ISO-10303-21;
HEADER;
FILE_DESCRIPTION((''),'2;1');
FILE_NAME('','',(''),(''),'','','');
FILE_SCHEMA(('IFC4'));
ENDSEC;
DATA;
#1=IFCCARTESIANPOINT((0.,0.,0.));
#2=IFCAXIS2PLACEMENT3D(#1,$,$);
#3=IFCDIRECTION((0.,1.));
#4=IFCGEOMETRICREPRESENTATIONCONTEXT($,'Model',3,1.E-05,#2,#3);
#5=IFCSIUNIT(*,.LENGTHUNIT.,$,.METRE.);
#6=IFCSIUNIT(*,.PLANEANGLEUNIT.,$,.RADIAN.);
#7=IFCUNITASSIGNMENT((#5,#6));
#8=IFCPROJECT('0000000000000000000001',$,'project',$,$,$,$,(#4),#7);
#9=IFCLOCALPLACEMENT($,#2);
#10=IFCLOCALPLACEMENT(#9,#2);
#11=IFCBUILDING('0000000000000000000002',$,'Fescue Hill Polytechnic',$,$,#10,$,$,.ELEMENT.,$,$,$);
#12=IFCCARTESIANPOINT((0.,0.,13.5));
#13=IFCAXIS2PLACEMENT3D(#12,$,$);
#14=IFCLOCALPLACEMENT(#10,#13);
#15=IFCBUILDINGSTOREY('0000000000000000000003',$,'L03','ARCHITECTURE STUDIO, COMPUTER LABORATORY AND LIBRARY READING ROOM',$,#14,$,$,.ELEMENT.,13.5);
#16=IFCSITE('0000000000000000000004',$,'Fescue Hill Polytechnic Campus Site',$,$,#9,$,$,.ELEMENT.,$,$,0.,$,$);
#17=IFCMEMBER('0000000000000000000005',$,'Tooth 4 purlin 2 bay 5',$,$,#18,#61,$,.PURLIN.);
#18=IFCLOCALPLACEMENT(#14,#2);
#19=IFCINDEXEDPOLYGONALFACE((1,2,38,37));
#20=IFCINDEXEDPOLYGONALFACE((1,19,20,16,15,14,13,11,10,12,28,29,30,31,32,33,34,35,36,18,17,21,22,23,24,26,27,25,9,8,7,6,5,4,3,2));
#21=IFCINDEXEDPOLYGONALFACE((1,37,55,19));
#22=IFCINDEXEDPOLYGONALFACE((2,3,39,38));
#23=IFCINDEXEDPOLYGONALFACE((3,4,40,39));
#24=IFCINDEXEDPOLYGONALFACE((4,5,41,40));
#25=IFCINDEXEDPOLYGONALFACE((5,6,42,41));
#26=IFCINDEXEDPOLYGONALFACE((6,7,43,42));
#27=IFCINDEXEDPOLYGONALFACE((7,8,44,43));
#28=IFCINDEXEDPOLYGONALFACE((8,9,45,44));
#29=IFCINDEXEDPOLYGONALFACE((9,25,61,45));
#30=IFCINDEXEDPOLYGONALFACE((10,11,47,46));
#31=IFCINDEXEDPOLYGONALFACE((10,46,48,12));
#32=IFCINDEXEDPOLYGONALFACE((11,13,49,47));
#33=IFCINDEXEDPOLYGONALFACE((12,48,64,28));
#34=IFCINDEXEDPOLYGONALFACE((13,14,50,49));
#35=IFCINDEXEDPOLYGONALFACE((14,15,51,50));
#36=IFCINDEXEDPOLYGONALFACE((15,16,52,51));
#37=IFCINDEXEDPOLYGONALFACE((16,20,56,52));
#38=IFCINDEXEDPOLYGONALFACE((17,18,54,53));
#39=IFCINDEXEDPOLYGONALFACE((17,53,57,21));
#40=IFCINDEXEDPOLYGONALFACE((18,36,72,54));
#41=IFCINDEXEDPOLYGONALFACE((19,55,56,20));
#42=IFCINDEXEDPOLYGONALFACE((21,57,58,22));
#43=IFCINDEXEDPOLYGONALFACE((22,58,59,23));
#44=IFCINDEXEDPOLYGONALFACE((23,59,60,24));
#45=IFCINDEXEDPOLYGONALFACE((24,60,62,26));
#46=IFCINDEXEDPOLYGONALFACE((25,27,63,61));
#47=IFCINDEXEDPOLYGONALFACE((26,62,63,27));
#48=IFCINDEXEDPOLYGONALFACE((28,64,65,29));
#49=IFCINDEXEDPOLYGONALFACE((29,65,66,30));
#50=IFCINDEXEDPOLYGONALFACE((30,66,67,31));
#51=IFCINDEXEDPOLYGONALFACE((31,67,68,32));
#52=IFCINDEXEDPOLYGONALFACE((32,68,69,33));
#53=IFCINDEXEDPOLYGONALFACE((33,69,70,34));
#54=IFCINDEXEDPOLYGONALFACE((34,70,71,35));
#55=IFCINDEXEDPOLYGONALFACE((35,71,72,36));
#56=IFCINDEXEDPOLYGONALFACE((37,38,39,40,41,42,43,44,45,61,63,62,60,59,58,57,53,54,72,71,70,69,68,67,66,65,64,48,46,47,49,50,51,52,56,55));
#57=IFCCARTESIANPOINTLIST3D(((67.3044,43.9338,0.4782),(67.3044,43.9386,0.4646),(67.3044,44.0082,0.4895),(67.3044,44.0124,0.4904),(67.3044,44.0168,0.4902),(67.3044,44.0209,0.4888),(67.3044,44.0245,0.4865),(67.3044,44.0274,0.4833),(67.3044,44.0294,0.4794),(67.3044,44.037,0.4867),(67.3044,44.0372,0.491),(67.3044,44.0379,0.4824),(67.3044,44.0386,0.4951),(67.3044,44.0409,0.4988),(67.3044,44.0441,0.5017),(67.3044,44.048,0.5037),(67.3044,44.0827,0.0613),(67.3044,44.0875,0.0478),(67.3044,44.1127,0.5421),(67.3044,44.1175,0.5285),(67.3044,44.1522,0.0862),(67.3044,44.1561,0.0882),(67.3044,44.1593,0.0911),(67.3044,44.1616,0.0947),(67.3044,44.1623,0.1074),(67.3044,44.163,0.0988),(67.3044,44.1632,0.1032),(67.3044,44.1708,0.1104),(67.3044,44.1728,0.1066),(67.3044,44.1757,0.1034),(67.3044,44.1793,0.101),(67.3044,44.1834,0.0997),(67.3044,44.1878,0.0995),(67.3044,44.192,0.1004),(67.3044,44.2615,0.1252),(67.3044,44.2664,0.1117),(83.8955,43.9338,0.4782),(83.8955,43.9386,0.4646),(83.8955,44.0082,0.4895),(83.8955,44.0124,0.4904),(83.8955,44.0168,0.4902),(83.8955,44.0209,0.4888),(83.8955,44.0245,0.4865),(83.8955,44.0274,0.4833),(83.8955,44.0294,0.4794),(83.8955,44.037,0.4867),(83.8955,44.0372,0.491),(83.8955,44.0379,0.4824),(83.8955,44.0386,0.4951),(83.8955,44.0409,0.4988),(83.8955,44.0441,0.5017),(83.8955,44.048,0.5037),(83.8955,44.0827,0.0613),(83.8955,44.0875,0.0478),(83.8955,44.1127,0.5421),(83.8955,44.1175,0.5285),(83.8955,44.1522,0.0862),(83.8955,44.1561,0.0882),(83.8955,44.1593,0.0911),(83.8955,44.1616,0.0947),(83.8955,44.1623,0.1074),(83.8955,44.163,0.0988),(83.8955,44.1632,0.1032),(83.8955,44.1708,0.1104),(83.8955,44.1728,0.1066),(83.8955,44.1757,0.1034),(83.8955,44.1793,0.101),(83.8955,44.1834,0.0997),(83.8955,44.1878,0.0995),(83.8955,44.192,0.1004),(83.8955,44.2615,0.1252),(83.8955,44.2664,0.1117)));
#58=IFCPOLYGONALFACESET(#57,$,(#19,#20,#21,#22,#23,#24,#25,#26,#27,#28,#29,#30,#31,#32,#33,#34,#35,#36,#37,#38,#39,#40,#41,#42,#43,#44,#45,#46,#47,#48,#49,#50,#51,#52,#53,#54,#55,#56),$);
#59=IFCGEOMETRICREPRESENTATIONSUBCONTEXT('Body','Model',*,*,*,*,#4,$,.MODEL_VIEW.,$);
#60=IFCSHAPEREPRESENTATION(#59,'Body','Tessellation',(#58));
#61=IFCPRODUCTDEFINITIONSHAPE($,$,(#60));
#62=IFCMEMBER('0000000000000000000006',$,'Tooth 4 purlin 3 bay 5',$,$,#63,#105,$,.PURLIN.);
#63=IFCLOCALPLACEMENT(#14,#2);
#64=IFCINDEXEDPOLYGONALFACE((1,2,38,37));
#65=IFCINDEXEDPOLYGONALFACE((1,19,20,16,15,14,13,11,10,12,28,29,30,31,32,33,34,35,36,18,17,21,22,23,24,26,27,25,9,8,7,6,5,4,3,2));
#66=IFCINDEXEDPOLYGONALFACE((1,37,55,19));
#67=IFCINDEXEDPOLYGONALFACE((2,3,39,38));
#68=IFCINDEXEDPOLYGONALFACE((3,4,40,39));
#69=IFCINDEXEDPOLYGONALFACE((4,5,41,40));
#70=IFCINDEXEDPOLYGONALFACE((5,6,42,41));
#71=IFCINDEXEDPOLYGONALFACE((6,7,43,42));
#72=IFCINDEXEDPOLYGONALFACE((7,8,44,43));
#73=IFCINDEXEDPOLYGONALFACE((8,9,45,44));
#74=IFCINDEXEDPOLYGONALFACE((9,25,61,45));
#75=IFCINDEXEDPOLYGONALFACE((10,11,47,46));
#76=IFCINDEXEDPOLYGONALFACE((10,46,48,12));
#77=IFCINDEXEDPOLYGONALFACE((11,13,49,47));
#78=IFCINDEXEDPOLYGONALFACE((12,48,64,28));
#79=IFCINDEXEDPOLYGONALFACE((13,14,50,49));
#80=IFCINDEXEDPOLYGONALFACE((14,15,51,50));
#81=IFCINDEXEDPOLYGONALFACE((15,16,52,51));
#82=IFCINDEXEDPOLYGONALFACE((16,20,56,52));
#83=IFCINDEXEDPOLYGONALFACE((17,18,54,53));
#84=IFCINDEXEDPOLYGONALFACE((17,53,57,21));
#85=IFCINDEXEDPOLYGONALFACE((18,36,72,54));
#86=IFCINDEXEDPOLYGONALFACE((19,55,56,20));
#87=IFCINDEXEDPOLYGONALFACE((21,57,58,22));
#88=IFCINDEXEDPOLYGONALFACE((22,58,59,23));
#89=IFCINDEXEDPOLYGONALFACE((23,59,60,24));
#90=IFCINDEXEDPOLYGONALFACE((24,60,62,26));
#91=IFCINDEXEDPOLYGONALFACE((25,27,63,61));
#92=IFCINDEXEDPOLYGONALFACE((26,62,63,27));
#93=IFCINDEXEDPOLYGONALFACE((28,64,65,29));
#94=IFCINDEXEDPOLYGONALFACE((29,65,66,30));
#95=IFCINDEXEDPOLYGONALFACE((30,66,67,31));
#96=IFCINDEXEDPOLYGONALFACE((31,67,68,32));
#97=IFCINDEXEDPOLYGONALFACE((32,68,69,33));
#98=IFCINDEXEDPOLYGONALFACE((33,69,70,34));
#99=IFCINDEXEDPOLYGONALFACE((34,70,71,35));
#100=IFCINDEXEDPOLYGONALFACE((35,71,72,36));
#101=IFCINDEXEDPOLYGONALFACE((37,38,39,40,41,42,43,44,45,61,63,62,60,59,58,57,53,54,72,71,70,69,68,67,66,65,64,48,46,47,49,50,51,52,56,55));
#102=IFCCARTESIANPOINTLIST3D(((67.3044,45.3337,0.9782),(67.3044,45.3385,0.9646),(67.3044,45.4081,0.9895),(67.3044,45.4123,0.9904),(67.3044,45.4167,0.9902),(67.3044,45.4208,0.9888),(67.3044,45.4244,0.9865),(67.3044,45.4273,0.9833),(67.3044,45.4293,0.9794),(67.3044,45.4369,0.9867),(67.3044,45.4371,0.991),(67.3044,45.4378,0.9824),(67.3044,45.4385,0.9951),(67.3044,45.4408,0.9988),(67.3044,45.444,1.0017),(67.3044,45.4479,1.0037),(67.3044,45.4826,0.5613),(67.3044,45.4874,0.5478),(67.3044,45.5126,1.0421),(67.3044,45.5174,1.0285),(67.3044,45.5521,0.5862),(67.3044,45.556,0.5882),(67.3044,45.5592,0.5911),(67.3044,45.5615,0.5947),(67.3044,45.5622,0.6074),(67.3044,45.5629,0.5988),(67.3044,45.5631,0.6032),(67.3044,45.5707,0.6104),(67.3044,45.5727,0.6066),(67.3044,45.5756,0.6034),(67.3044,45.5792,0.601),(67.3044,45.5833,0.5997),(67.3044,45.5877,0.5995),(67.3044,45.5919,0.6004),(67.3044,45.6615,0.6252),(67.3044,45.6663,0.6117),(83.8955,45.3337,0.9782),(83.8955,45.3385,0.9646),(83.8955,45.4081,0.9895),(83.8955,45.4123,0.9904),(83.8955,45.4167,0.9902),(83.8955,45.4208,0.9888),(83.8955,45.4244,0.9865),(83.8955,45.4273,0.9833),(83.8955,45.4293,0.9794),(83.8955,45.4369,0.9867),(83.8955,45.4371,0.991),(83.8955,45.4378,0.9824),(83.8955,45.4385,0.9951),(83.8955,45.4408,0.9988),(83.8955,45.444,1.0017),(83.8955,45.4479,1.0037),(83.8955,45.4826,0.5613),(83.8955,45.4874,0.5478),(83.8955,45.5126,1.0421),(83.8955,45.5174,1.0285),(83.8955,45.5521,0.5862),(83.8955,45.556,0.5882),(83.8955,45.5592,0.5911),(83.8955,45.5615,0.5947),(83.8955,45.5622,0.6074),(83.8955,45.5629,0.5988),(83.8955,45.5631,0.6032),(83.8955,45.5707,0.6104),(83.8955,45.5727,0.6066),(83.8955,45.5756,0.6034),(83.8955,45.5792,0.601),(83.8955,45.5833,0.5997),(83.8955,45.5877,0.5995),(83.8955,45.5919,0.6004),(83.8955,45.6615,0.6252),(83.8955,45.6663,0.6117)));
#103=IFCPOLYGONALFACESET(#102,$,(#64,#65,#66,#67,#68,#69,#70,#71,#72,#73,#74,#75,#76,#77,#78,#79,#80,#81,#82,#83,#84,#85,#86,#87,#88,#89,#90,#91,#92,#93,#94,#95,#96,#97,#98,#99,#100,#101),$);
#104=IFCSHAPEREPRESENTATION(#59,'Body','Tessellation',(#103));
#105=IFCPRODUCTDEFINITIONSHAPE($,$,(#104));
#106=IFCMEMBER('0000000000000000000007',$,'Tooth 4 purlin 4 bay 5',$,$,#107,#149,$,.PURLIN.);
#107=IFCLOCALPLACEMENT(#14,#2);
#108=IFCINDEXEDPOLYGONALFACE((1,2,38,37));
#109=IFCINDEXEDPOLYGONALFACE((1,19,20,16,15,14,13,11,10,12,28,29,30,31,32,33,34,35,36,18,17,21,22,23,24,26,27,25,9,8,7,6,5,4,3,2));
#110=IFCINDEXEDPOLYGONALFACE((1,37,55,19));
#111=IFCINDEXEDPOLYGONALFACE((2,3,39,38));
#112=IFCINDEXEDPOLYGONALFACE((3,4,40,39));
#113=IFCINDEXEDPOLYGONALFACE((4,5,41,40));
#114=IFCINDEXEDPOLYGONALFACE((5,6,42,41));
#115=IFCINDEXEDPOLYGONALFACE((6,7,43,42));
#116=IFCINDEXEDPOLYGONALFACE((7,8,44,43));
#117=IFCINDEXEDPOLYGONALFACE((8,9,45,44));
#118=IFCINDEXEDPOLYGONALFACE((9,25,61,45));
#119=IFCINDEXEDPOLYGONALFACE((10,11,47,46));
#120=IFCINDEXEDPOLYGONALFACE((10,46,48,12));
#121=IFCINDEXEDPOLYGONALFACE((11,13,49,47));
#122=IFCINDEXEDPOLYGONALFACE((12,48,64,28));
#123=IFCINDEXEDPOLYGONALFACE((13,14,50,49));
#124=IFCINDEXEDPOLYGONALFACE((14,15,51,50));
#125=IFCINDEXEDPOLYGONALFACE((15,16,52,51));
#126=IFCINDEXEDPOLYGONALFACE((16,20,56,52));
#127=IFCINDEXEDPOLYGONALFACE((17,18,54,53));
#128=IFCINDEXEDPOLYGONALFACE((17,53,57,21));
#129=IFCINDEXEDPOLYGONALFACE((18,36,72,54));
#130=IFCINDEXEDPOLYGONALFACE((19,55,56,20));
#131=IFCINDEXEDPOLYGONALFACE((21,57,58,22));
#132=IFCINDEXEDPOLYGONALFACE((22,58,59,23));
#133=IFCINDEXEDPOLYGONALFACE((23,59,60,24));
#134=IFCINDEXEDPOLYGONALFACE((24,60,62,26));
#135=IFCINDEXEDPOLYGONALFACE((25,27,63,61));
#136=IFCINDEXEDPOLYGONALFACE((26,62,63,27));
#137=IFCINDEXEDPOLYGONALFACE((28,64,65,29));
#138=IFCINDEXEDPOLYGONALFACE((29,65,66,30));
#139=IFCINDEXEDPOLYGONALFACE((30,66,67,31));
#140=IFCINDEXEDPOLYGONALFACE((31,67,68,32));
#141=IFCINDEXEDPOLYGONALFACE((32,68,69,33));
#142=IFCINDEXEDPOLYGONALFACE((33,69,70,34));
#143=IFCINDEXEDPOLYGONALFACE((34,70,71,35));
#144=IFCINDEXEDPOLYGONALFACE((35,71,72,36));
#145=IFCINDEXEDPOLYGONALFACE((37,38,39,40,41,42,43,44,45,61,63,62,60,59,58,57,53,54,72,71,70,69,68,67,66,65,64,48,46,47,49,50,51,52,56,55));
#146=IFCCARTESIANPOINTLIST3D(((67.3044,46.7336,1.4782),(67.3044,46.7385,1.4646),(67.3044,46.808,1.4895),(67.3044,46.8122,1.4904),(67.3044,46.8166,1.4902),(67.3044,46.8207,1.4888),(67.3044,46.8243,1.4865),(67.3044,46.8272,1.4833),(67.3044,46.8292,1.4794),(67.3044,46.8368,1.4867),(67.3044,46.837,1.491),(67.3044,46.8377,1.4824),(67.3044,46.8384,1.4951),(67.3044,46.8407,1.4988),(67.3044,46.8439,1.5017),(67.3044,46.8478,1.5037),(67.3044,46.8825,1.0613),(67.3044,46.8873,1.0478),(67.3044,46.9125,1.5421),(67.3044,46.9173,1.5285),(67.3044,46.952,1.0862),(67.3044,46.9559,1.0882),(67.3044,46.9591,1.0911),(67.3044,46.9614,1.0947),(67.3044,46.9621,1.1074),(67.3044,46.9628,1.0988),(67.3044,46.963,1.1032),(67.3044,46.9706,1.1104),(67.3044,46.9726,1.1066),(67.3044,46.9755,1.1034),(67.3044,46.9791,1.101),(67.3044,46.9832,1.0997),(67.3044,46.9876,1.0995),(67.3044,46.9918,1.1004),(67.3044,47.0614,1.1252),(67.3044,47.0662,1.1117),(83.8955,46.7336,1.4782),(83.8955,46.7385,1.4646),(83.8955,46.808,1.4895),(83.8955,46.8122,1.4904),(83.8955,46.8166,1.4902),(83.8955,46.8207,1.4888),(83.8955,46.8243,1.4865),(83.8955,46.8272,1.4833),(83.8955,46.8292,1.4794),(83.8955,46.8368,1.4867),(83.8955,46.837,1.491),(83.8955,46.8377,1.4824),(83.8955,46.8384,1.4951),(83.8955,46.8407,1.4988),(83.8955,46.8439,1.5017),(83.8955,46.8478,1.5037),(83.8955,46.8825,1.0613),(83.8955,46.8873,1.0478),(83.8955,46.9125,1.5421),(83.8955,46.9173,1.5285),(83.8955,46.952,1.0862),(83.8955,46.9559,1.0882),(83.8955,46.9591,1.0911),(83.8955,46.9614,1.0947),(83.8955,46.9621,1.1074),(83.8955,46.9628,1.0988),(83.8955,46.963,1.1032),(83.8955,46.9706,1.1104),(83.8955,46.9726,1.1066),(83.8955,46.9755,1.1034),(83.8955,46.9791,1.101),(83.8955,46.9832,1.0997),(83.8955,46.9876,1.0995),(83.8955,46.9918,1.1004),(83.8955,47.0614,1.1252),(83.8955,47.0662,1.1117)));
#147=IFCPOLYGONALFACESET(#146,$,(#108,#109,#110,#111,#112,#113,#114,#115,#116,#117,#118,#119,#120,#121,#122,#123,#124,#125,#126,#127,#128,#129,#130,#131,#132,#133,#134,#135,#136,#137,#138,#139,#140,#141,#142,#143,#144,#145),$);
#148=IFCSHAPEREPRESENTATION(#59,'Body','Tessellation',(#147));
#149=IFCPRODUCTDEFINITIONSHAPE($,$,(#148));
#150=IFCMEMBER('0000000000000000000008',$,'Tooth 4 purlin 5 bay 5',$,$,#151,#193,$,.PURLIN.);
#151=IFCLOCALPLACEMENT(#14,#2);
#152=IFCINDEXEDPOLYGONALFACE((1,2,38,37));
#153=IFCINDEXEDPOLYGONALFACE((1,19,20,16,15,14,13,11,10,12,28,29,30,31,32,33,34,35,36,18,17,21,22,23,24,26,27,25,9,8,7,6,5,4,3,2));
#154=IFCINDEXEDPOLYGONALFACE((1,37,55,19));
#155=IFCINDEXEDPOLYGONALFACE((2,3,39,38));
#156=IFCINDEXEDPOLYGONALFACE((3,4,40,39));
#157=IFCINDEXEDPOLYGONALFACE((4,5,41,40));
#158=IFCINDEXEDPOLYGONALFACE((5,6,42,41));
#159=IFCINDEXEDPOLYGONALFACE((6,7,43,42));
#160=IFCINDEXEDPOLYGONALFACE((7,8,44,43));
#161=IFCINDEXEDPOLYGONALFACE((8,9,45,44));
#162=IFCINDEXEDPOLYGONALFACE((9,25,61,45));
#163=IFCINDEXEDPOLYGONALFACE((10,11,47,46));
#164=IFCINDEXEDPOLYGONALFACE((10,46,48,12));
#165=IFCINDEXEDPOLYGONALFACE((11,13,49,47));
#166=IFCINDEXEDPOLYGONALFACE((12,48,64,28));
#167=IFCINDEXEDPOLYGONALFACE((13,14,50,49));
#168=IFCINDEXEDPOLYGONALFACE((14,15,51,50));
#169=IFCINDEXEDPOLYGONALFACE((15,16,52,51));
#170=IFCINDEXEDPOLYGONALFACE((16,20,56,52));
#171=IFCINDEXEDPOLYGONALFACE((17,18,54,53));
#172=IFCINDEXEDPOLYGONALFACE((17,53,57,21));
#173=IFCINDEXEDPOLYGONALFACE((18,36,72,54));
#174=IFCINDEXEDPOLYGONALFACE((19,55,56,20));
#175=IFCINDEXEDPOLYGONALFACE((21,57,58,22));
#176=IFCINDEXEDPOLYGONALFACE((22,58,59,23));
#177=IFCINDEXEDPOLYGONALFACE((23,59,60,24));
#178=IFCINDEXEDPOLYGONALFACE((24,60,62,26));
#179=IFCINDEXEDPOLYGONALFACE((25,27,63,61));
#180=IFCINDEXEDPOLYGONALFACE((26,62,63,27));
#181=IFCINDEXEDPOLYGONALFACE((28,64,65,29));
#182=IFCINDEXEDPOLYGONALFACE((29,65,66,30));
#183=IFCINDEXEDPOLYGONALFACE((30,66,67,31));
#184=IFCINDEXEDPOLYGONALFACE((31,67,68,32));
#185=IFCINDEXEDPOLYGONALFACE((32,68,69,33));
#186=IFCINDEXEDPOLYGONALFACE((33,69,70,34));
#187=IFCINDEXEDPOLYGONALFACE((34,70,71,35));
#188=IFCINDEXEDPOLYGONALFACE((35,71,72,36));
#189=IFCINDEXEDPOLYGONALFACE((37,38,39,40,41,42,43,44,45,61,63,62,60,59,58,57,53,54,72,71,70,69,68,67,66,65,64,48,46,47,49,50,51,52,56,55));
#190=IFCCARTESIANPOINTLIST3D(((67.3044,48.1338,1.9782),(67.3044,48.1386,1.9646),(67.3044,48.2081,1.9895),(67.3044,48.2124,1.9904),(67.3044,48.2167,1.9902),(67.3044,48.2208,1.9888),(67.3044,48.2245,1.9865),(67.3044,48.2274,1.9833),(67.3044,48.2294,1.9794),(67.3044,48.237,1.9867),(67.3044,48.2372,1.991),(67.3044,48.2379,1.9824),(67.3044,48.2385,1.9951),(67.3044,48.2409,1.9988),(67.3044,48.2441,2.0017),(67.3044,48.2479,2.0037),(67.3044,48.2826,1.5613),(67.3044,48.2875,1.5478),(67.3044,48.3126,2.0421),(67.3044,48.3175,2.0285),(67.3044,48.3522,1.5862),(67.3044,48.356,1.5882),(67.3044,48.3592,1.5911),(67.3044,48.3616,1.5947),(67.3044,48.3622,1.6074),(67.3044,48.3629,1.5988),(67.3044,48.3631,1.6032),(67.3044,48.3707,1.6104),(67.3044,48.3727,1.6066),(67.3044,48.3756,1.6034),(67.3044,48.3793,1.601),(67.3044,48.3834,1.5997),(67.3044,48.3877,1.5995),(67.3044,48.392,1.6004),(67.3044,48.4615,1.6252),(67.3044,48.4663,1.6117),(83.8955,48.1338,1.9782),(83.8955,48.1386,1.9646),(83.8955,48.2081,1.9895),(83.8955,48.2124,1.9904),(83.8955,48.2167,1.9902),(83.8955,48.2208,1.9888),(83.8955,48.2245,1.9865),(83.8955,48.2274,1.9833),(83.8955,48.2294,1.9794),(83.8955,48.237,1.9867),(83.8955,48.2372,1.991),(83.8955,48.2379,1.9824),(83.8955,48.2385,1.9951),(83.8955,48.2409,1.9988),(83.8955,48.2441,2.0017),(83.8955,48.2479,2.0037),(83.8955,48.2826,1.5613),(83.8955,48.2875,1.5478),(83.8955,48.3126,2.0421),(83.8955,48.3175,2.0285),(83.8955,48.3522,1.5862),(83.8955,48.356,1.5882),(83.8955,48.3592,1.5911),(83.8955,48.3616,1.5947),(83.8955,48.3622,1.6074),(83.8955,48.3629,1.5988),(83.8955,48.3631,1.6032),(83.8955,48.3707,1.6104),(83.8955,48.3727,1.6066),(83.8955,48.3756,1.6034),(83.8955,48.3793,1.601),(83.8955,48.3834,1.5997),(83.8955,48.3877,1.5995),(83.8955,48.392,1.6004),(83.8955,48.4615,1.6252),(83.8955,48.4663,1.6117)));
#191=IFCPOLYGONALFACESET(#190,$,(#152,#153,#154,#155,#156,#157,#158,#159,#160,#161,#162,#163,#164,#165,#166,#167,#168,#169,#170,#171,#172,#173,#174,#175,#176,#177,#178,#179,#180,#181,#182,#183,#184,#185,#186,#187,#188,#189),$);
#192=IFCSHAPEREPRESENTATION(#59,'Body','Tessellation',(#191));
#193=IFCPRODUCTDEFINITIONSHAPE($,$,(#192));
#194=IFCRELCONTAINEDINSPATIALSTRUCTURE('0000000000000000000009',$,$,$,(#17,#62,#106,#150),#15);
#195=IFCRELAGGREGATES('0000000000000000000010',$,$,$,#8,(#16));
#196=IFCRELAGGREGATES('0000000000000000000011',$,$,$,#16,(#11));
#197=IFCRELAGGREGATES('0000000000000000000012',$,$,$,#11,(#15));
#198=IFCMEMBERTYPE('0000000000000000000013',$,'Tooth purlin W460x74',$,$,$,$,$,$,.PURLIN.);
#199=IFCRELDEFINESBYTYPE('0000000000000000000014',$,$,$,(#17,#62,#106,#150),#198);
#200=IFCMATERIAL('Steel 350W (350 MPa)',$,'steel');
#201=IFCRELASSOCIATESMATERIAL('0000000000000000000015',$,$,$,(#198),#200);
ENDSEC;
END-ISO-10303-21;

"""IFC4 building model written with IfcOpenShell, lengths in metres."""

from ifc_helpers import new_model, si_unit, direction, frame, origin, origin_2d, place, context, subcontext, project, spatial, i_section, extrude, material, material_profile, profile_set, type_object, element, save


model = new_model("IFC4")

# Units and contexts
model_context = context("Model", 3, precision=1e-05, world=origin(), true_north=direction((0.0, 1.0)))
body_context = subcontext(model_context, "Body", "Model", "MODEL_VIEW")
ifc_project = project(units=[si_unit("LENGTHUNIT", "METRE"), si_unit("PLANEANGLEUNIT", "RADIAN")], contexts=[model_context])

# Site, building, storey
site_placement = place(None, origin())
site = spatial("IfcSite", under=ifc_project, at=site_placement, Name="Fescue Hill Polytechnic Campus Site", CompositionType="ELEMENT", RefElevation=0.0)
building_placement = place(site_placement, origin())
building = spatial("IfcBuilding", under=site, at=building_placement, Name="Fescue Hill Polytechnic", CompositionType="ELEMENT")
storey_placement = place(building_placement, frame((0.0, 0.0, 13.5)))
storey = spatial("IfcBuildingStorey", under=building, at=storey_placement, Name="L03", Description="ARCHITECTURE STUDIO, COMPUTER LABORATORY AND LIBRARY READING ROOM", CompositionType="ELEMENT", Elevation=13.5)

# Members
ifc_material_1 = material(Name="Steel 350W (350 MPa)", Category="steel")
ifc_material_profile_1 = material_profile(ifc_material_1, i_section(OverallWidth=0.1899, OverallDepth=0.457, WebThickness=0.009, FlangeThickness=0.0144, FilletRadius=0.0166, at=origin_2d()), Name="W460x74")
ifc_profile_set_1 = profile_set([ifc_material_profile_1], Name="Steel 350W (350 MPa)")
member_type_1 = type_object("IfcMemberType", Name="Tooth purlin W460x74", PredefinedType="PURLIN", material=ifc_profile_set_1)
for number, where, z_axis, x_axis, name in (
    (1, (67.3044, 44.1001, 0.2949), (1.0, 0.0, 0.0), (0.0, 0.941742, 0.336336), "Tooth 4 purlin 2 bay 5"),
    (2, (67.3044, 45.5, 0.7949), (1.0, 0.0, 0.0), (0.0, 0.941742, 0.336336), "Tooth 4 purlin 3 bay 5"),
    (3, (67.3044, 46.8999, 1.2949), (1.0, 0.0, 0.0), (0.0, 0.941742, 0.336336), "Tooth 4 purlin 4 bay 5"),
    (4, (67.3044, 48.3, 1.7949), (1.0, 0.0, 0.0), (0.0, 0.941742, 0.336336), "Tooth 4 purlin 5 bay 5"),
):
    element("IfcMember", number, at=place(storey_placement, frame(where, z_axis=z_axis, x_axis=x_axis)), inside=storey, type_object=member_type_1, Name=name, PredefinedType="PURLIN", context=body_context, shape_type="SweptSolid", body=[
        extrude(i_section(OverallWidth=0.1899, OverallDepth=0.457, WebThickness=0.009, FlangeThickness=0.0144, FilletRadius=0.0166, at=origin_2d()), origin(), (0.0, 0.0, 1.0), 16.5911),
    ])

save(model, "model.ifc")
